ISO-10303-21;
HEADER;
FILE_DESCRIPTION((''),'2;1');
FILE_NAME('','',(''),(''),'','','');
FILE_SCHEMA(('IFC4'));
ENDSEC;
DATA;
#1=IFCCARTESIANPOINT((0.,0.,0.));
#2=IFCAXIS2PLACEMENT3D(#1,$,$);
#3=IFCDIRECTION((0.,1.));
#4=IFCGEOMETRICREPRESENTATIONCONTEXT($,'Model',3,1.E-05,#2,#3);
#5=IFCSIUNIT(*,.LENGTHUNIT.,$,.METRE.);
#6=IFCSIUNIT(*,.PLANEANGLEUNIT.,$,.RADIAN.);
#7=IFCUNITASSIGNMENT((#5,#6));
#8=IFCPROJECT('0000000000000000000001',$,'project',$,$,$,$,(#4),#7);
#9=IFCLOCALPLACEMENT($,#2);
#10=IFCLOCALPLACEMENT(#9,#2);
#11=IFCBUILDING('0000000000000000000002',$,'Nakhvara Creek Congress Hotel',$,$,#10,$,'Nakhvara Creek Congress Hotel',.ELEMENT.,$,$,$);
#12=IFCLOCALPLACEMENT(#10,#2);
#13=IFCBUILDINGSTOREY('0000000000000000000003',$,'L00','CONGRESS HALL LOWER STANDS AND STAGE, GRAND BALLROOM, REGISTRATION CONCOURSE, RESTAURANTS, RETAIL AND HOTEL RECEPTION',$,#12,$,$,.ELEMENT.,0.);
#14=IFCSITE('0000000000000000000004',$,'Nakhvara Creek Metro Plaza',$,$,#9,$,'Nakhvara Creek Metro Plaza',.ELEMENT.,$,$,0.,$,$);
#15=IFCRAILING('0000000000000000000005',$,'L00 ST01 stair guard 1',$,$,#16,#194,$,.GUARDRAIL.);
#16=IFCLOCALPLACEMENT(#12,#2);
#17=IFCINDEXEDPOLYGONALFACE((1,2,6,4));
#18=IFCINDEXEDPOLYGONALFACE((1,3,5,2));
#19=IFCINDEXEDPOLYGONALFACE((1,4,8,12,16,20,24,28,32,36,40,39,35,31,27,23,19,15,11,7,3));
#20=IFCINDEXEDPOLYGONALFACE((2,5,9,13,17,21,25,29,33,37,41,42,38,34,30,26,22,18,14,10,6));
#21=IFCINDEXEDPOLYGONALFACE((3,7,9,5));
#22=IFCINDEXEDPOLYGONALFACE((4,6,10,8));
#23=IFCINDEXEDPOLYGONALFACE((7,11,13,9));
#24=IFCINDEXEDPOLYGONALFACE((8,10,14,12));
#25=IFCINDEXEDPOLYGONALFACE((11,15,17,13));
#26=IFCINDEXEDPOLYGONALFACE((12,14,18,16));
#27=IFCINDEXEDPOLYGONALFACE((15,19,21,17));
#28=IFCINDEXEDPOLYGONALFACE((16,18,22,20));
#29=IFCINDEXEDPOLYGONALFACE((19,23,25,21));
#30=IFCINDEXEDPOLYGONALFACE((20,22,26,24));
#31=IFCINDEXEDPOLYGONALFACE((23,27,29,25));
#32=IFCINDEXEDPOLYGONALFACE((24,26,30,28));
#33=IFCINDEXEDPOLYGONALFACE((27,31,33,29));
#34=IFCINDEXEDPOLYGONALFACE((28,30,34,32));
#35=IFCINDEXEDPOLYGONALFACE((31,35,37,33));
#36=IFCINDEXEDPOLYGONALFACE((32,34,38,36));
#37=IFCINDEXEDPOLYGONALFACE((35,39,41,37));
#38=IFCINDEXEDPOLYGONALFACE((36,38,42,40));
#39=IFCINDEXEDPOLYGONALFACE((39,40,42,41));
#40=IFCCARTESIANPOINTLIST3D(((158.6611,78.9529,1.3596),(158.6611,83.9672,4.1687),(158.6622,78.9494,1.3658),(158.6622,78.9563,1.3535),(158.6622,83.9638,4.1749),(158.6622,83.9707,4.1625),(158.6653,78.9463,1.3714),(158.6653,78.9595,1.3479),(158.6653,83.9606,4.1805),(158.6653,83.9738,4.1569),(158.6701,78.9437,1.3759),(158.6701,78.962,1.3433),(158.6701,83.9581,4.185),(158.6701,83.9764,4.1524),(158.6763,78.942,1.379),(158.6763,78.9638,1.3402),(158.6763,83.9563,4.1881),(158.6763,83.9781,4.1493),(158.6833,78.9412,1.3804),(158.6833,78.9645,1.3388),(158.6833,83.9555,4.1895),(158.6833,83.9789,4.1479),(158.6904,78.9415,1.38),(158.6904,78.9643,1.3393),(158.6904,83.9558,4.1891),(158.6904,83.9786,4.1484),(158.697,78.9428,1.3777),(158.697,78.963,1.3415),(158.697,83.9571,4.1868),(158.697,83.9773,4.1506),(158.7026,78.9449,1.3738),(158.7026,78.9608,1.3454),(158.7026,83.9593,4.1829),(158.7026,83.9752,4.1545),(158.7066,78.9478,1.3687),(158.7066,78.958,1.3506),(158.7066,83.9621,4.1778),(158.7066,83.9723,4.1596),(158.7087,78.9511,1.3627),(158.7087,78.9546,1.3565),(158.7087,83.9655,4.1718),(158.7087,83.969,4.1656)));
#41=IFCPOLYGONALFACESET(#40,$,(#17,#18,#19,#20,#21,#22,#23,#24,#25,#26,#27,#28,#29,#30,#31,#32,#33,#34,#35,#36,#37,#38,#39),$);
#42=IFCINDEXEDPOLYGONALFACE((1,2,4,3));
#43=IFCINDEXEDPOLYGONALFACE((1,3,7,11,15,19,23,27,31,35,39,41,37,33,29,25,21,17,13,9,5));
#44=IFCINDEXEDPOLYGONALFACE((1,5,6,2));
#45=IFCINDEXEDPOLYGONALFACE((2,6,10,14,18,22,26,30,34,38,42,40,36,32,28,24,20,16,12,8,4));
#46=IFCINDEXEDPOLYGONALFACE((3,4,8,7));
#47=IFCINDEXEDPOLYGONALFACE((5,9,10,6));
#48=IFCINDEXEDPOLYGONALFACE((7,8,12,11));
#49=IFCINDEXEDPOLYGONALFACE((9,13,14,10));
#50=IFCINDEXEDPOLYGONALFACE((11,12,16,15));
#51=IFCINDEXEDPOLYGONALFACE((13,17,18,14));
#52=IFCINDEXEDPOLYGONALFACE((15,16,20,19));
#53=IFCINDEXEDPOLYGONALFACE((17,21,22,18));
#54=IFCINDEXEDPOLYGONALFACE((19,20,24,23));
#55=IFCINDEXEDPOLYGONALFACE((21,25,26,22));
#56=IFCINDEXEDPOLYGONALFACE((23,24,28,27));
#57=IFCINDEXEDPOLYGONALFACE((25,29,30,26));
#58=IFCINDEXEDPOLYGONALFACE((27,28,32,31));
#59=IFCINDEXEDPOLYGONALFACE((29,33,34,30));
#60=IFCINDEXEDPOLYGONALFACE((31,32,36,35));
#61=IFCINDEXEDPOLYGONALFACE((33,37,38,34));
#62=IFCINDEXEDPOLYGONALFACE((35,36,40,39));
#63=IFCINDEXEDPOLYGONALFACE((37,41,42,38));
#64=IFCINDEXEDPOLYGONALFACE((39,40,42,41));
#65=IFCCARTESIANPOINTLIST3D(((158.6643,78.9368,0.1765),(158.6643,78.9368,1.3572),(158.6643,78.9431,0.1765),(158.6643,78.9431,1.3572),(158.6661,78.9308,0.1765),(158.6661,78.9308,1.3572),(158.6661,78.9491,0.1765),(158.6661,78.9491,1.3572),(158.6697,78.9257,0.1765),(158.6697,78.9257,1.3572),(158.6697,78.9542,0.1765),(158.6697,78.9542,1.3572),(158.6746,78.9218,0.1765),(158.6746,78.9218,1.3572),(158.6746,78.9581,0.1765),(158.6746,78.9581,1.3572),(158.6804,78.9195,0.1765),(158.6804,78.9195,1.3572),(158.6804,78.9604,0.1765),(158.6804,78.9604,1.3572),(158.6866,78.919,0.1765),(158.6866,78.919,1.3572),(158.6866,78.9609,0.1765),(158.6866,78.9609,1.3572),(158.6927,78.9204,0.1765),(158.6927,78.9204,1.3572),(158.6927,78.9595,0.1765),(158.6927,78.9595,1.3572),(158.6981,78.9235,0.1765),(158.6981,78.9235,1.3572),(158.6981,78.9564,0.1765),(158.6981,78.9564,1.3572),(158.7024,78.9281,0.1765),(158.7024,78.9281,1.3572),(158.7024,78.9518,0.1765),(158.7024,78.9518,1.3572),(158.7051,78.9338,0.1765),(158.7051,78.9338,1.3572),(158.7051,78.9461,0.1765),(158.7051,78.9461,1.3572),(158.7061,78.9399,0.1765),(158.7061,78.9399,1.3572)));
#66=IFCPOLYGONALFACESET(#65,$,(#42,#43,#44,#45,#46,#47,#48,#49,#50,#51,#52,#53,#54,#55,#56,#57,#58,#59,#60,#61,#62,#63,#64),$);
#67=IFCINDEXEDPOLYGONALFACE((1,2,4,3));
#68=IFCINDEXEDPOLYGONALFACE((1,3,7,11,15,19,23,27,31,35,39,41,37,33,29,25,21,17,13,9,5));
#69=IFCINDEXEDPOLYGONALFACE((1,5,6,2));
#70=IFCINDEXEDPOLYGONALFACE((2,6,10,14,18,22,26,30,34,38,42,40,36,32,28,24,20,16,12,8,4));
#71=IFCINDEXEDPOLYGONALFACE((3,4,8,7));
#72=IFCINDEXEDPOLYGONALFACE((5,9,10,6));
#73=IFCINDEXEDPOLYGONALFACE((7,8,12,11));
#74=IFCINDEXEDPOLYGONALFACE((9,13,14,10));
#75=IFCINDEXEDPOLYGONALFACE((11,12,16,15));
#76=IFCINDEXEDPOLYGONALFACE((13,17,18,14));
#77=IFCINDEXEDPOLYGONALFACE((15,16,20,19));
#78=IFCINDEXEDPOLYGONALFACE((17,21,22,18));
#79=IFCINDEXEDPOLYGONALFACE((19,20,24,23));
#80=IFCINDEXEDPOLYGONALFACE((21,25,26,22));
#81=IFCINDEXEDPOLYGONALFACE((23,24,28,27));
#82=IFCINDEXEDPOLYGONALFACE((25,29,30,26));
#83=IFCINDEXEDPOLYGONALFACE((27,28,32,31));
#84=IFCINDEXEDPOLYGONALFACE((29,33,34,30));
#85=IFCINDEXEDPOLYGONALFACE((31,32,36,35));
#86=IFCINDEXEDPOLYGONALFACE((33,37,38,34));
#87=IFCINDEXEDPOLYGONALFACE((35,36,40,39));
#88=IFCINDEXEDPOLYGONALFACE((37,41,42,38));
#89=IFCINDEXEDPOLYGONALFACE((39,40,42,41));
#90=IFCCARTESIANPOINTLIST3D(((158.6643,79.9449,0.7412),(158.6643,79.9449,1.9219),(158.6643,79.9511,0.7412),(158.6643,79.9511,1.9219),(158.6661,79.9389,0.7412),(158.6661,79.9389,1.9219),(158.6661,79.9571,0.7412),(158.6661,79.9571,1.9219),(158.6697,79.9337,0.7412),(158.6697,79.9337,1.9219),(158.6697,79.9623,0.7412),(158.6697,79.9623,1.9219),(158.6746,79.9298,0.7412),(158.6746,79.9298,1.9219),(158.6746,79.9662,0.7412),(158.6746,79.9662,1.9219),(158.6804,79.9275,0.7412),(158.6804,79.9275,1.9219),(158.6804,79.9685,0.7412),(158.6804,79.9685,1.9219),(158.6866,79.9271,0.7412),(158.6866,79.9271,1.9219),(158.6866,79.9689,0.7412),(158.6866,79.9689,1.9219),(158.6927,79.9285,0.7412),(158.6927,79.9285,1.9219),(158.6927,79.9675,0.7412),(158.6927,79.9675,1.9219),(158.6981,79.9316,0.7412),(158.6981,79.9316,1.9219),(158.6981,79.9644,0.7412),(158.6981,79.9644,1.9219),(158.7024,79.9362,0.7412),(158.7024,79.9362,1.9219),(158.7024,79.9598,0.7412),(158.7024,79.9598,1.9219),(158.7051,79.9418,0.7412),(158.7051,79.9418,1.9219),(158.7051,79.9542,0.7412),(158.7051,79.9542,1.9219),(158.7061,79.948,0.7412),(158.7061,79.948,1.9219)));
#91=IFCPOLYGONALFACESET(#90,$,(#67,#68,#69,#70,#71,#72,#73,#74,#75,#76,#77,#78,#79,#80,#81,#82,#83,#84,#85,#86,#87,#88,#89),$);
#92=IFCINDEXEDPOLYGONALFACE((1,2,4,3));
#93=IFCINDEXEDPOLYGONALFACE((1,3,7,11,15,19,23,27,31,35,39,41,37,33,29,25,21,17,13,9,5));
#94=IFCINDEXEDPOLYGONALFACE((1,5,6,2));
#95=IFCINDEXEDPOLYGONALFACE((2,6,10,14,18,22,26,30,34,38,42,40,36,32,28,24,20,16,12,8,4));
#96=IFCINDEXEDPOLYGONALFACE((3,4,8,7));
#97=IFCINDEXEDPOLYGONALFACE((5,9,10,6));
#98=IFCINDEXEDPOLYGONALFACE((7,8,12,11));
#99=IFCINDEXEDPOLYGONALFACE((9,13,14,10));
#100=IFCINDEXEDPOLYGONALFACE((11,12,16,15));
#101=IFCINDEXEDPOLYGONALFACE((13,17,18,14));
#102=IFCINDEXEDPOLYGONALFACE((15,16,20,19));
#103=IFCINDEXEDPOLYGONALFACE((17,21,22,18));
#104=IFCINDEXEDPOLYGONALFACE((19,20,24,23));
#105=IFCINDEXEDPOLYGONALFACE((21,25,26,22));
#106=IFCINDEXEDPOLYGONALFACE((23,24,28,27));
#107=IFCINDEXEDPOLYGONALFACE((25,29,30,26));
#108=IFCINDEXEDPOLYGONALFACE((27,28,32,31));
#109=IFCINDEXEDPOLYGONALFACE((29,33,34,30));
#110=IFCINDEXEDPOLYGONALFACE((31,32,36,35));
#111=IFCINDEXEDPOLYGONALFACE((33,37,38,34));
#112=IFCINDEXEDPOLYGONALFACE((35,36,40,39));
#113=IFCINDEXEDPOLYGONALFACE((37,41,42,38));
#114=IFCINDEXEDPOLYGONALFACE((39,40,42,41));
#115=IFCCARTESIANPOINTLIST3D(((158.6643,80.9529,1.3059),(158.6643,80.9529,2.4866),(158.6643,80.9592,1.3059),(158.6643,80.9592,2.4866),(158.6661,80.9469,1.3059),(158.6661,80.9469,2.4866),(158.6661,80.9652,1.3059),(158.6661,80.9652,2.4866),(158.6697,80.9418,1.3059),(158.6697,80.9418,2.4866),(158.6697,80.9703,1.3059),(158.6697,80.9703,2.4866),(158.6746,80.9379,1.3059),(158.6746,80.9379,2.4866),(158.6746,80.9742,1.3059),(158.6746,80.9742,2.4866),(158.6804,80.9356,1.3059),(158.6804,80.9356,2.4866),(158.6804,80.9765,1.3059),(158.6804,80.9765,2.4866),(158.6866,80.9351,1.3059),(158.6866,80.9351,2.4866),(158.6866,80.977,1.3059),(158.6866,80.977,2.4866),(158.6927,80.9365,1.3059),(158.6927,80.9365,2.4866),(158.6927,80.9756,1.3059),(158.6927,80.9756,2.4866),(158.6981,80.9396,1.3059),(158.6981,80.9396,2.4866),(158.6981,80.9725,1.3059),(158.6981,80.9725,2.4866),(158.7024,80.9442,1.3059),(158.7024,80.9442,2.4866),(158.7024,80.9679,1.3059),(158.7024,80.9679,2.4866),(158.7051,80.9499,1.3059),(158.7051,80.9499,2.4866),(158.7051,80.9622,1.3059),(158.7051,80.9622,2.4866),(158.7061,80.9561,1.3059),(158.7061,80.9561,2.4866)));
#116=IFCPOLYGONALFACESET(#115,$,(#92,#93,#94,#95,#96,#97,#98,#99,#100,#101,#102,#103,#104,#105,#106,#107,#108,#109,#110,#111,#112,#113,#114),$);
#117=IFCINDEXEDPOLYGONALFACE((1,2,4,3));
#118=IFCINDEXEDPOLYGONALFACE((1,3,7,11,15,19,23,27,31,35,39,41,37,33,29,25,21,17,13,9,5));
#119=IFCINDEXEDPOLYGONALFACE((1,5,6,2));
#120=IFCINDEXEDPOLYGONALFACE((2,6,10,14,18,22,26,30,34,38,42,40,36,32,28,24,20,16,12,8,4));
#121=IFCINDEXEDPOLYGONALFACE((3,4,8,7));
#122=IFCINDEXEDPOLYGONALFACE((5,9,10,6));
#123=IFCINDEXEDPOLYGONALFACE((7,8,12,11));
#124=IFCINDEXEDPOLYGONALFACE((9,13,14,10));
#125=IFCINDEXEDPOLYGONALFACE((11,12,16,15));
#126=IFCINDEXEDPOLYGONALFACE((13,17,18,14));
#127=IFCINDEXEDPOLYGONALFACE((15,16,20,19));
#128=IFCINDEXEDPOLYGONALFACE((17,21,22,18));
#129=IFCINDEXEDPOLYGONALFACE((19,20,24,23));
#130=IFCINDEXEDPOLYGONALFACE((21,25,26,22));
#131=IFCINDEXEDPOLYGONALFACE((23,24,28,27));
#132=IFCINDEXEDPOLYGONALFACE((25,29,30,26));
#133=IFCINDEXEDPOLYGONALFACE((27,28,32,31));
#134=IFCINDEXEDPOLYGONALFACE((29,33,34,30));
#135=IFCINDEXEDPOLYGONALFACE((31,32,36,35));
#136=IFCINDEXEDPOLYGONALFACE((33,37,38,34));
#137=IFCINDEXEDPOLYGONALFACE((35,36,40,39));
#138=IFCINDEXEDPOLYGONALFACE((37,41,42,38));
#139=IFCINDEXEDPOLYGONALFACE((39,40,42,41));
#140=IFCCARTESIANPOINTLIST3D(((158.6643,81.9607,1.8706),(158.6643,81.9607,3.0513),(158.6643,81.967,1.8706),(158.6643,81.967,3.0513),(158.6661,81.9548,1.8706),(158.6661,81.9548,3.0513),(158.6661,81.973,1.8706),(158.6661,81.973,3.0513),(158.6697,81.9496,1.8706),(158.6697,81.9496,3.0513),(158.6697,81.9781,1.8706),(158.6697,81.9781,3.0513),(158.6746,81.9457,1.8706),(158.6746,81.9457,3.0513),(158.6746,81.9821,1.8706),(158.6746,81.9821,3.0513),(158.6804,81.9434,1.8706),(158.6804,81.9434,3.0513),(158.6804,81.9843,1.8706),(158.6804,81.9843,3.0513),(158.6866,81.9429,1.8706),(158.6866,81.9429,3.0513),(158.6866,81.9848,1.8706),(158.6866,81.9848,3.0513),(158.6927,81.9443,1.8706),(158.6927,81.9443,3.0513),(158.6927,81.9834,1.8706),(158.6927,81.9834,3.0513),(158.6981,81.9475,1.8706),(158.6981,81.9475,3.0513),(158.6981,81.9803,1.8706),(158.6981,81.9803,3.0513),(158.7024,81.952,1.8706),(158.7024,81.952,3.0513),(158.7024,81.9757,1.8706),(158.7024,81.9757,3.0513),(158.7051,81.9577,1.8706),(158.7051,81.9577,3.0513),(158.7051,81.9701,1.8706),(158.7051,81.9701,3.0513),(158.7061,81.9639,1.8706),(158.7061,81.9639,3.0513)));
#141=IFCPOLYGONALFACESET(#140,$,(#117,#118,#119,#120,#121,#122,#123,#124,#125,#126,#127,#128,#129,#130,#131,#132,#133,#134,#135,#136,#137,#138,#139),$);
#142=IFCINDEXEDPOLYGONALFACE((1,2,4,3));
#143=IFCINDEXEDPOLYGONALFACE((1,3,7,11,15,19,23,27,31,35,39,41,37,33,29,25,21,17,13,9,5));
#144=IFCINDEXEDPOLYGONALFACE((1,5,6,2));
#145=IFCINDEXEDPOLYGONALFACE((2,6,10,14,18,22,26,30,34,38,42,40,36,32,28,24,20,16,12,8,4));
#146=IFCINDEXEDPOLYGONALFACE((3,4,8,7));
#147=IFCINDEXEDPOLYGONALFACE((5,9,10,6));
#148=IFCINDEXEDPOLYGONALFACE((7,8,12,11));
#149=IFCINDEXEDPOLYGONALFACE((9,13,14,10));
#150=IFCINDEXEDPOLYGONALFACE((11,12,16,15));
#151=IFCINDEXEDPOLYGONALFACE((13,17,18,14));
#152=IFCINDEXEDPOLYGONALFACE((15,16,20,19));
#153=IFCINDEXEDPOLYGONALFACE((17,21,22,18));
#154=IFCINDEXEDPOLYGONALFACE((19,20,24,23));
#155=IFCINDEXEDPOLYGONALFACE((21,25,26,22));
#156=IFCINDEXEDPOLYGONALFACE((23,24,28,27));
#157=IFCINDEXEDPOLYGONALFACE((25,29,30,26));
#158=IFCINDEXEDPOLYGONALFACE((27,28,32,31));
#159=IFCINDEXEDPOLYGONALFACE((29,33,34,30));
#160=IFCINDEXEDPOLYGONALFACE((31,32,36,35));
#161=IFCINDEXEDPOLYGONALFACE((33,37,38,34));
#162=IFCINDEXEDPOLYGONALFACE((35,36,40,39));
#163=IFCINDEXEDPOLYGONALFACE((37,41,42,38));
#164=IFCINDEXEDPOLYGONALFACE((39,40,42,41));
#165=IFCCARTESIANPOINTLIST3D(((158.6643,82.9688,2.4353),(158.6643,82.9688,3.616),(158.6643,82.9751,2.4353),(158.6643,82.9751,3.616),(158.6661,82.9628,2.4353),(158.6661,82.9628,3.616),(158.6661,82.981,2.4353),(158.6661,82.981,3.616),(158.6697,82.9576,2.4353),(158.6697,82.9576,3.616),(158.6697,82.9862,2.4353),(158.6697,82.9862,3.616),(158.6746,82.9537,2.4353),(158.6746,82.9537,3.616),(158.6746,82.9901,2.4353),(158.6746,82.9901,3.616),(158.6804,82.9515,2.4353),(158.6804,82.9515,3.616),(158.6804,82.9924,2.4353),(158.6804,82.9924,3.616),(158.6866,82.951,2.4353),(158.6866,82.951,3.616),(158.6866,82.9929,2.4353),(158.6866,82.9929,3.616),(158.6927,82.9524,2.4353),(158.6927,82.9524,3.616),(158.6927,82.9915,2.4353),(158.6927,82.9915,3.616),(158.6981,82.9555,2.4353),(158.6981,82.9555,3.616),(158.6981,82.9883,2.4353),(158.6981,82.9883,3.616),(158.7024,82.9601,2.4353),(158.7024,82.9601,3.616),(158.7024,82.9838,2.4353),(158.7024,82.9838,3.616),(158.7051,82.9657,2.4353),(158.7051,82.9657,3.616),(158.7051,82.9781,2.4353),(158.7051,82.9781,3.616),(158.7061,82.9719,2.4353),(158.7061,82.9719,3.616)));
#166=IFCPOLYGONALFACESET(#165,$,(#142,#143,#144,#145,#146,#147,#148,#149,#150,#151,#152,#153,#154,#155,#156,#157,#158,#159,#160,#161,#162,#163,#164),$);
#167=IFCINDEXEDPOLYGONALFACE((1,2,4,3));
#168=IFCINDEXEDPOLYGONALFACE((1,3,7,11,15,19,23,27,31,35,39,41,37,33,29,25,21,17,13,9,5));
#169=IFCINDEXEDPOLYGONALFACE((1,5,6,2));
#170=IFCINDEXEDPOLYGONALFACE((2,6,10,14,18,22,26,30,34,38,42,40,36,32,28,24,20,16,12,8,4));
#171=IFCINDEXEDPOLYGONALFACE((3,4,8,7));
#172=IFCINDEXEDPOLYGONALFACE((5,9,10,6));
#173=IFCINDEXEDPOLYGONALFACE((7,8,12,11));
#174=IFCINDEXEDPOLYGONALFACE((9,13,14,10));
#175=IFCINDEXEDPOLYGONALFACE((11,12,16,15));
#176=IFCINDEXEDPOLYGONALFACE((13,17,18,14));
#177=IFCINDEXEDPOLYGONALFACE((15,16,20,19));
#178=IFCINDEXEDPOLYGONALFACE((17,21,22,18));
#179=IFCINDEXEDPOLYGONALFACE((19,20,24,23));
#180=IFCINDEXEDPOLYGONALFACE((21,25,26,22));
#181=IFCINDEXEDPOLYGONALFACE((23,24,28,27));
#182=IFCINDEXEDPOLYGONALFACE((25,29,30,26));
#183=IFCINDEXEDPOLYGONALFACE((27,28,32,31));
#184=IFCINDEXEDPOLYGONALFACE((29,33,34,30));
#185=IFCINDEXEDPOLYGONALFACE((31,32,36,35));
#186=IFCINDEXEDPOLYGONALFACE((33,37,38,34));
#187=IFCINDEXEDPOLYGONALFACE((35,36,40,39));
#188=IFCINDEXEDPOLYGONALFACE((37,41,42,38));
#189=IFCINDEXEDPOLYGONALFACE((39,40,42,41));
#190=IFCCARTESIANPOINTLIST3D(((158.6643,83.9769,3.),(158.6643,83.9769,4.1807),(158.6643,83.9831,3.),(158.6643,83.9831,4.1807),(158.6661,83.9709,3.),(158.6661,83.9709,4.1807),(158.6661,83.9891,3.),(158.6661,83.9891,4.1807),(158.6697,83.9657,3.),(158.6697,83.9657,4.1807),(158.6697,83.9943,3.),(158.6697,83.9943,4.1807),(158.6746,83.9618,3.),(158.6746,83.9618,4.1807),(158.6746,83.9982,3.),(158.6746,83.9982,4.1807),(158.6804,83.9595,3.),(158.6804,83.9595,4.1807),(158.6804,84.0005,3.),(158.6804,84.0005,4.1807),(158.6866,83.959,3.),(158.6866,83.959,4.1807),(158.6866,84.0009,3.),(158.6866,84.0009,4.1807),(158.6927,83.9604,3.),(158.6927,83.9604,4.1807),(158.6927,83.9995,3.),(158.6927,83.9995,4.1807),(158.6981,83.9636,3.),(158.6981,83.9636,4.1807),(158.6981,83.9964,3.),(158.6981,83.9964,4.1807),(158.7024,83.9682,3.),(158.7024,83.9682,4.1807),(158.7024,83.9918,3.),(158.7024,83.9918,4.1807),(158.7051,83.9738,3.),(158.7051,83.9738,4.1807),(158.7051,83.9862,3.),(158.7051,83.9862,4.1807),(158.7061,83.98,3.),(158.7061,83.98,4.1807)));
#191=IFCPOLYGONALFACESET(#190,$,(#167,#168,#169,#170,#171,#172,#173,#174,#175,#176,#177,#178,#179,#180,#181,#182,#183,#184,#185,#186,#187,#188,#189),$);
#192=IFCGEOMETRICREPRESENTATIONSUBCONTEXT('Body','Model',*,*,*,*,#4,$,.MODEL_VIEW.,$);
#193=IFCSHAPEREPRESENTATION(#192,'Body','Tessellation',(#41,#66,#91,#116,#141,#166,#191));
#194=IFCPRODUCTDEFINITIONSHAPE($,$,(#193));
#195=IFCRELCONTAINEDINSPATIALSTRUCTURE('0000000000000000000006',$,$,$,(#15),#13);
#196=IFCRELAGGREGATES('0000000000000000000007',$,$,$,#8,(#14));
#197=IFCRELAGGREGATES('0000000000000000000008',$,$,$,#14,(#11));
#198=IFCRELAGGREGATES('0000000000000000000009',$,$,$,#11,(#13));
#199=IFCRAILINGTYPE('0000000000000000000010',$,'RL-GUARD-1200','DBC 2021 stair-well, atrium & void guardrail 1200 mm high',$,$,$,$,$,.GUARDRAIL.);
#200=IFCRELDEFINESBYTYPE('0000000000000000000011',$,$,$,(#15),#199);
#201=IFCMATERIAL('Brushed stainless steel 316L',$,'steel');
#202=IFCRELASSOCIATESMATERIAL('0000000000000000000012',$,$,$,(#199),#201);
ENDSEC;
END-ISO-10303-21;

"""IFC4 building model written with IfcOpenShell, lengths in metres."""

from ifc_helpers import new_model, si_unit, direction, frame, origin, origin_2d, place, context, subcontext, project, spatial, circle, extrude, material, type_object, element, save


model = new_model("IFC4")

# Units and contexts
model_context = context("Model", 3, precision=1e-05, world=origin(), true_north=direction((0.0, 1.0)))
body_context = subcontext(model_context, "Body", "Model", "MODEL_VIEW")
ifc_project = project(units=[si_unit("LENGTHUNIT", "METRE"), si_unit("PLANEANGLEUNIT", "RADIAN")], contexts=[model_context])

# Site, building, storey
site_placement = place(None, origin())
site = spatial("IfcSite", under=ifc_project, at=site_placement, Name="Nakhvara Creek Metro Plaza", LongName="Nakhvara Creek Metro Plaza", CompositionType="ELEMENT", RefElevation=0.0)
building_placement = place(site_placement, origin())
building = spatial("IfcBuilding", under=site, at=building_placement, Name="Nakhvara Creek Congress Hotel", LongName="Nakhvara Creek Congress Hotel", CompositionType="ELEMENT")
storey_placement = place(building_placement, origin())
storey = spatial("IfcBuildingStorey", under=building, at=storey_placement, Name="L00", Description="CONGRESS HALL LOWER STANDS AND STAGE, GRAND BALLROOM, REGISTRATION CONCOURSE, RESTAURANTS, RETAIL AND HOTEL RECEPTION", CompositionType="ELEMENT", Elevation=0.0)

# Railing
ifc_material_1 = material(Name="Brushed stainless steel 316L", Category="steel")
railing_type_1 = type_object("IfcRailingType", Name="RL-GUARD-1200", Description="DBC 2021 stair-well, atrium & void guardrail 1200 mm high", PredefinedType="GUARDRAIL", material=ifc_material_1)
railing_1_placement = place(storey_placement, frame((158.6851, 78.9399, 0.1765)))
element("IfcRailing", 1, at=railing_1_placement, inside=storey, type_object=railing_type_1, Name="L00 ST01 stair guard 1", PredefinedType="GUARDRAIL", context=body_context, shape_type="SweptSolid", body=[
    extrude(circle(Radius=0.0239, at=origin_2d()), frame((0.0, 0.0129, 1.1831), z_axis=(0.0, 0.872427, 0.488744), x_axis=(-1.0, 0.0, 0.0)), (0.0, 0.0, 1.0), 5.7476),
    extrude(circle(Radius=0.021, at=origin_2d()), origin(), (0.0, 0.0, 1.0), 1.1807),
    extrude(circle(Radius=0.021, at=origin_2d()), frame((0.0, 1.0081, 0.5647)), (0.0, 0.0, 1.0), 1.1807),
    extrude(circle(Radius=0.021, at=origin_2d()), frame((0.0, 2.0161, 1.1294)), (0.0, 0.0, 1.0), 1.1807),
    extrude(circle(Radius=0.021, at=origin_2d()), frame((0.0, 3.0239, 1.6941)), (0.0, 0.0, 1.0), 1.1807),
    extrude(circle(Radius=0.021, at=origin_2d()), frame((0.0, 4.032, 2.2588)), (0.0, 0.0, 1.0), 1.1807),
    extrude(circle(Radius=0.021, at=origin_2d()), frame((0.0, 5.04, 2.8235)), (0.0, 0.0, 1.0), 1.1807),
])

save(model, "model.ifc")
